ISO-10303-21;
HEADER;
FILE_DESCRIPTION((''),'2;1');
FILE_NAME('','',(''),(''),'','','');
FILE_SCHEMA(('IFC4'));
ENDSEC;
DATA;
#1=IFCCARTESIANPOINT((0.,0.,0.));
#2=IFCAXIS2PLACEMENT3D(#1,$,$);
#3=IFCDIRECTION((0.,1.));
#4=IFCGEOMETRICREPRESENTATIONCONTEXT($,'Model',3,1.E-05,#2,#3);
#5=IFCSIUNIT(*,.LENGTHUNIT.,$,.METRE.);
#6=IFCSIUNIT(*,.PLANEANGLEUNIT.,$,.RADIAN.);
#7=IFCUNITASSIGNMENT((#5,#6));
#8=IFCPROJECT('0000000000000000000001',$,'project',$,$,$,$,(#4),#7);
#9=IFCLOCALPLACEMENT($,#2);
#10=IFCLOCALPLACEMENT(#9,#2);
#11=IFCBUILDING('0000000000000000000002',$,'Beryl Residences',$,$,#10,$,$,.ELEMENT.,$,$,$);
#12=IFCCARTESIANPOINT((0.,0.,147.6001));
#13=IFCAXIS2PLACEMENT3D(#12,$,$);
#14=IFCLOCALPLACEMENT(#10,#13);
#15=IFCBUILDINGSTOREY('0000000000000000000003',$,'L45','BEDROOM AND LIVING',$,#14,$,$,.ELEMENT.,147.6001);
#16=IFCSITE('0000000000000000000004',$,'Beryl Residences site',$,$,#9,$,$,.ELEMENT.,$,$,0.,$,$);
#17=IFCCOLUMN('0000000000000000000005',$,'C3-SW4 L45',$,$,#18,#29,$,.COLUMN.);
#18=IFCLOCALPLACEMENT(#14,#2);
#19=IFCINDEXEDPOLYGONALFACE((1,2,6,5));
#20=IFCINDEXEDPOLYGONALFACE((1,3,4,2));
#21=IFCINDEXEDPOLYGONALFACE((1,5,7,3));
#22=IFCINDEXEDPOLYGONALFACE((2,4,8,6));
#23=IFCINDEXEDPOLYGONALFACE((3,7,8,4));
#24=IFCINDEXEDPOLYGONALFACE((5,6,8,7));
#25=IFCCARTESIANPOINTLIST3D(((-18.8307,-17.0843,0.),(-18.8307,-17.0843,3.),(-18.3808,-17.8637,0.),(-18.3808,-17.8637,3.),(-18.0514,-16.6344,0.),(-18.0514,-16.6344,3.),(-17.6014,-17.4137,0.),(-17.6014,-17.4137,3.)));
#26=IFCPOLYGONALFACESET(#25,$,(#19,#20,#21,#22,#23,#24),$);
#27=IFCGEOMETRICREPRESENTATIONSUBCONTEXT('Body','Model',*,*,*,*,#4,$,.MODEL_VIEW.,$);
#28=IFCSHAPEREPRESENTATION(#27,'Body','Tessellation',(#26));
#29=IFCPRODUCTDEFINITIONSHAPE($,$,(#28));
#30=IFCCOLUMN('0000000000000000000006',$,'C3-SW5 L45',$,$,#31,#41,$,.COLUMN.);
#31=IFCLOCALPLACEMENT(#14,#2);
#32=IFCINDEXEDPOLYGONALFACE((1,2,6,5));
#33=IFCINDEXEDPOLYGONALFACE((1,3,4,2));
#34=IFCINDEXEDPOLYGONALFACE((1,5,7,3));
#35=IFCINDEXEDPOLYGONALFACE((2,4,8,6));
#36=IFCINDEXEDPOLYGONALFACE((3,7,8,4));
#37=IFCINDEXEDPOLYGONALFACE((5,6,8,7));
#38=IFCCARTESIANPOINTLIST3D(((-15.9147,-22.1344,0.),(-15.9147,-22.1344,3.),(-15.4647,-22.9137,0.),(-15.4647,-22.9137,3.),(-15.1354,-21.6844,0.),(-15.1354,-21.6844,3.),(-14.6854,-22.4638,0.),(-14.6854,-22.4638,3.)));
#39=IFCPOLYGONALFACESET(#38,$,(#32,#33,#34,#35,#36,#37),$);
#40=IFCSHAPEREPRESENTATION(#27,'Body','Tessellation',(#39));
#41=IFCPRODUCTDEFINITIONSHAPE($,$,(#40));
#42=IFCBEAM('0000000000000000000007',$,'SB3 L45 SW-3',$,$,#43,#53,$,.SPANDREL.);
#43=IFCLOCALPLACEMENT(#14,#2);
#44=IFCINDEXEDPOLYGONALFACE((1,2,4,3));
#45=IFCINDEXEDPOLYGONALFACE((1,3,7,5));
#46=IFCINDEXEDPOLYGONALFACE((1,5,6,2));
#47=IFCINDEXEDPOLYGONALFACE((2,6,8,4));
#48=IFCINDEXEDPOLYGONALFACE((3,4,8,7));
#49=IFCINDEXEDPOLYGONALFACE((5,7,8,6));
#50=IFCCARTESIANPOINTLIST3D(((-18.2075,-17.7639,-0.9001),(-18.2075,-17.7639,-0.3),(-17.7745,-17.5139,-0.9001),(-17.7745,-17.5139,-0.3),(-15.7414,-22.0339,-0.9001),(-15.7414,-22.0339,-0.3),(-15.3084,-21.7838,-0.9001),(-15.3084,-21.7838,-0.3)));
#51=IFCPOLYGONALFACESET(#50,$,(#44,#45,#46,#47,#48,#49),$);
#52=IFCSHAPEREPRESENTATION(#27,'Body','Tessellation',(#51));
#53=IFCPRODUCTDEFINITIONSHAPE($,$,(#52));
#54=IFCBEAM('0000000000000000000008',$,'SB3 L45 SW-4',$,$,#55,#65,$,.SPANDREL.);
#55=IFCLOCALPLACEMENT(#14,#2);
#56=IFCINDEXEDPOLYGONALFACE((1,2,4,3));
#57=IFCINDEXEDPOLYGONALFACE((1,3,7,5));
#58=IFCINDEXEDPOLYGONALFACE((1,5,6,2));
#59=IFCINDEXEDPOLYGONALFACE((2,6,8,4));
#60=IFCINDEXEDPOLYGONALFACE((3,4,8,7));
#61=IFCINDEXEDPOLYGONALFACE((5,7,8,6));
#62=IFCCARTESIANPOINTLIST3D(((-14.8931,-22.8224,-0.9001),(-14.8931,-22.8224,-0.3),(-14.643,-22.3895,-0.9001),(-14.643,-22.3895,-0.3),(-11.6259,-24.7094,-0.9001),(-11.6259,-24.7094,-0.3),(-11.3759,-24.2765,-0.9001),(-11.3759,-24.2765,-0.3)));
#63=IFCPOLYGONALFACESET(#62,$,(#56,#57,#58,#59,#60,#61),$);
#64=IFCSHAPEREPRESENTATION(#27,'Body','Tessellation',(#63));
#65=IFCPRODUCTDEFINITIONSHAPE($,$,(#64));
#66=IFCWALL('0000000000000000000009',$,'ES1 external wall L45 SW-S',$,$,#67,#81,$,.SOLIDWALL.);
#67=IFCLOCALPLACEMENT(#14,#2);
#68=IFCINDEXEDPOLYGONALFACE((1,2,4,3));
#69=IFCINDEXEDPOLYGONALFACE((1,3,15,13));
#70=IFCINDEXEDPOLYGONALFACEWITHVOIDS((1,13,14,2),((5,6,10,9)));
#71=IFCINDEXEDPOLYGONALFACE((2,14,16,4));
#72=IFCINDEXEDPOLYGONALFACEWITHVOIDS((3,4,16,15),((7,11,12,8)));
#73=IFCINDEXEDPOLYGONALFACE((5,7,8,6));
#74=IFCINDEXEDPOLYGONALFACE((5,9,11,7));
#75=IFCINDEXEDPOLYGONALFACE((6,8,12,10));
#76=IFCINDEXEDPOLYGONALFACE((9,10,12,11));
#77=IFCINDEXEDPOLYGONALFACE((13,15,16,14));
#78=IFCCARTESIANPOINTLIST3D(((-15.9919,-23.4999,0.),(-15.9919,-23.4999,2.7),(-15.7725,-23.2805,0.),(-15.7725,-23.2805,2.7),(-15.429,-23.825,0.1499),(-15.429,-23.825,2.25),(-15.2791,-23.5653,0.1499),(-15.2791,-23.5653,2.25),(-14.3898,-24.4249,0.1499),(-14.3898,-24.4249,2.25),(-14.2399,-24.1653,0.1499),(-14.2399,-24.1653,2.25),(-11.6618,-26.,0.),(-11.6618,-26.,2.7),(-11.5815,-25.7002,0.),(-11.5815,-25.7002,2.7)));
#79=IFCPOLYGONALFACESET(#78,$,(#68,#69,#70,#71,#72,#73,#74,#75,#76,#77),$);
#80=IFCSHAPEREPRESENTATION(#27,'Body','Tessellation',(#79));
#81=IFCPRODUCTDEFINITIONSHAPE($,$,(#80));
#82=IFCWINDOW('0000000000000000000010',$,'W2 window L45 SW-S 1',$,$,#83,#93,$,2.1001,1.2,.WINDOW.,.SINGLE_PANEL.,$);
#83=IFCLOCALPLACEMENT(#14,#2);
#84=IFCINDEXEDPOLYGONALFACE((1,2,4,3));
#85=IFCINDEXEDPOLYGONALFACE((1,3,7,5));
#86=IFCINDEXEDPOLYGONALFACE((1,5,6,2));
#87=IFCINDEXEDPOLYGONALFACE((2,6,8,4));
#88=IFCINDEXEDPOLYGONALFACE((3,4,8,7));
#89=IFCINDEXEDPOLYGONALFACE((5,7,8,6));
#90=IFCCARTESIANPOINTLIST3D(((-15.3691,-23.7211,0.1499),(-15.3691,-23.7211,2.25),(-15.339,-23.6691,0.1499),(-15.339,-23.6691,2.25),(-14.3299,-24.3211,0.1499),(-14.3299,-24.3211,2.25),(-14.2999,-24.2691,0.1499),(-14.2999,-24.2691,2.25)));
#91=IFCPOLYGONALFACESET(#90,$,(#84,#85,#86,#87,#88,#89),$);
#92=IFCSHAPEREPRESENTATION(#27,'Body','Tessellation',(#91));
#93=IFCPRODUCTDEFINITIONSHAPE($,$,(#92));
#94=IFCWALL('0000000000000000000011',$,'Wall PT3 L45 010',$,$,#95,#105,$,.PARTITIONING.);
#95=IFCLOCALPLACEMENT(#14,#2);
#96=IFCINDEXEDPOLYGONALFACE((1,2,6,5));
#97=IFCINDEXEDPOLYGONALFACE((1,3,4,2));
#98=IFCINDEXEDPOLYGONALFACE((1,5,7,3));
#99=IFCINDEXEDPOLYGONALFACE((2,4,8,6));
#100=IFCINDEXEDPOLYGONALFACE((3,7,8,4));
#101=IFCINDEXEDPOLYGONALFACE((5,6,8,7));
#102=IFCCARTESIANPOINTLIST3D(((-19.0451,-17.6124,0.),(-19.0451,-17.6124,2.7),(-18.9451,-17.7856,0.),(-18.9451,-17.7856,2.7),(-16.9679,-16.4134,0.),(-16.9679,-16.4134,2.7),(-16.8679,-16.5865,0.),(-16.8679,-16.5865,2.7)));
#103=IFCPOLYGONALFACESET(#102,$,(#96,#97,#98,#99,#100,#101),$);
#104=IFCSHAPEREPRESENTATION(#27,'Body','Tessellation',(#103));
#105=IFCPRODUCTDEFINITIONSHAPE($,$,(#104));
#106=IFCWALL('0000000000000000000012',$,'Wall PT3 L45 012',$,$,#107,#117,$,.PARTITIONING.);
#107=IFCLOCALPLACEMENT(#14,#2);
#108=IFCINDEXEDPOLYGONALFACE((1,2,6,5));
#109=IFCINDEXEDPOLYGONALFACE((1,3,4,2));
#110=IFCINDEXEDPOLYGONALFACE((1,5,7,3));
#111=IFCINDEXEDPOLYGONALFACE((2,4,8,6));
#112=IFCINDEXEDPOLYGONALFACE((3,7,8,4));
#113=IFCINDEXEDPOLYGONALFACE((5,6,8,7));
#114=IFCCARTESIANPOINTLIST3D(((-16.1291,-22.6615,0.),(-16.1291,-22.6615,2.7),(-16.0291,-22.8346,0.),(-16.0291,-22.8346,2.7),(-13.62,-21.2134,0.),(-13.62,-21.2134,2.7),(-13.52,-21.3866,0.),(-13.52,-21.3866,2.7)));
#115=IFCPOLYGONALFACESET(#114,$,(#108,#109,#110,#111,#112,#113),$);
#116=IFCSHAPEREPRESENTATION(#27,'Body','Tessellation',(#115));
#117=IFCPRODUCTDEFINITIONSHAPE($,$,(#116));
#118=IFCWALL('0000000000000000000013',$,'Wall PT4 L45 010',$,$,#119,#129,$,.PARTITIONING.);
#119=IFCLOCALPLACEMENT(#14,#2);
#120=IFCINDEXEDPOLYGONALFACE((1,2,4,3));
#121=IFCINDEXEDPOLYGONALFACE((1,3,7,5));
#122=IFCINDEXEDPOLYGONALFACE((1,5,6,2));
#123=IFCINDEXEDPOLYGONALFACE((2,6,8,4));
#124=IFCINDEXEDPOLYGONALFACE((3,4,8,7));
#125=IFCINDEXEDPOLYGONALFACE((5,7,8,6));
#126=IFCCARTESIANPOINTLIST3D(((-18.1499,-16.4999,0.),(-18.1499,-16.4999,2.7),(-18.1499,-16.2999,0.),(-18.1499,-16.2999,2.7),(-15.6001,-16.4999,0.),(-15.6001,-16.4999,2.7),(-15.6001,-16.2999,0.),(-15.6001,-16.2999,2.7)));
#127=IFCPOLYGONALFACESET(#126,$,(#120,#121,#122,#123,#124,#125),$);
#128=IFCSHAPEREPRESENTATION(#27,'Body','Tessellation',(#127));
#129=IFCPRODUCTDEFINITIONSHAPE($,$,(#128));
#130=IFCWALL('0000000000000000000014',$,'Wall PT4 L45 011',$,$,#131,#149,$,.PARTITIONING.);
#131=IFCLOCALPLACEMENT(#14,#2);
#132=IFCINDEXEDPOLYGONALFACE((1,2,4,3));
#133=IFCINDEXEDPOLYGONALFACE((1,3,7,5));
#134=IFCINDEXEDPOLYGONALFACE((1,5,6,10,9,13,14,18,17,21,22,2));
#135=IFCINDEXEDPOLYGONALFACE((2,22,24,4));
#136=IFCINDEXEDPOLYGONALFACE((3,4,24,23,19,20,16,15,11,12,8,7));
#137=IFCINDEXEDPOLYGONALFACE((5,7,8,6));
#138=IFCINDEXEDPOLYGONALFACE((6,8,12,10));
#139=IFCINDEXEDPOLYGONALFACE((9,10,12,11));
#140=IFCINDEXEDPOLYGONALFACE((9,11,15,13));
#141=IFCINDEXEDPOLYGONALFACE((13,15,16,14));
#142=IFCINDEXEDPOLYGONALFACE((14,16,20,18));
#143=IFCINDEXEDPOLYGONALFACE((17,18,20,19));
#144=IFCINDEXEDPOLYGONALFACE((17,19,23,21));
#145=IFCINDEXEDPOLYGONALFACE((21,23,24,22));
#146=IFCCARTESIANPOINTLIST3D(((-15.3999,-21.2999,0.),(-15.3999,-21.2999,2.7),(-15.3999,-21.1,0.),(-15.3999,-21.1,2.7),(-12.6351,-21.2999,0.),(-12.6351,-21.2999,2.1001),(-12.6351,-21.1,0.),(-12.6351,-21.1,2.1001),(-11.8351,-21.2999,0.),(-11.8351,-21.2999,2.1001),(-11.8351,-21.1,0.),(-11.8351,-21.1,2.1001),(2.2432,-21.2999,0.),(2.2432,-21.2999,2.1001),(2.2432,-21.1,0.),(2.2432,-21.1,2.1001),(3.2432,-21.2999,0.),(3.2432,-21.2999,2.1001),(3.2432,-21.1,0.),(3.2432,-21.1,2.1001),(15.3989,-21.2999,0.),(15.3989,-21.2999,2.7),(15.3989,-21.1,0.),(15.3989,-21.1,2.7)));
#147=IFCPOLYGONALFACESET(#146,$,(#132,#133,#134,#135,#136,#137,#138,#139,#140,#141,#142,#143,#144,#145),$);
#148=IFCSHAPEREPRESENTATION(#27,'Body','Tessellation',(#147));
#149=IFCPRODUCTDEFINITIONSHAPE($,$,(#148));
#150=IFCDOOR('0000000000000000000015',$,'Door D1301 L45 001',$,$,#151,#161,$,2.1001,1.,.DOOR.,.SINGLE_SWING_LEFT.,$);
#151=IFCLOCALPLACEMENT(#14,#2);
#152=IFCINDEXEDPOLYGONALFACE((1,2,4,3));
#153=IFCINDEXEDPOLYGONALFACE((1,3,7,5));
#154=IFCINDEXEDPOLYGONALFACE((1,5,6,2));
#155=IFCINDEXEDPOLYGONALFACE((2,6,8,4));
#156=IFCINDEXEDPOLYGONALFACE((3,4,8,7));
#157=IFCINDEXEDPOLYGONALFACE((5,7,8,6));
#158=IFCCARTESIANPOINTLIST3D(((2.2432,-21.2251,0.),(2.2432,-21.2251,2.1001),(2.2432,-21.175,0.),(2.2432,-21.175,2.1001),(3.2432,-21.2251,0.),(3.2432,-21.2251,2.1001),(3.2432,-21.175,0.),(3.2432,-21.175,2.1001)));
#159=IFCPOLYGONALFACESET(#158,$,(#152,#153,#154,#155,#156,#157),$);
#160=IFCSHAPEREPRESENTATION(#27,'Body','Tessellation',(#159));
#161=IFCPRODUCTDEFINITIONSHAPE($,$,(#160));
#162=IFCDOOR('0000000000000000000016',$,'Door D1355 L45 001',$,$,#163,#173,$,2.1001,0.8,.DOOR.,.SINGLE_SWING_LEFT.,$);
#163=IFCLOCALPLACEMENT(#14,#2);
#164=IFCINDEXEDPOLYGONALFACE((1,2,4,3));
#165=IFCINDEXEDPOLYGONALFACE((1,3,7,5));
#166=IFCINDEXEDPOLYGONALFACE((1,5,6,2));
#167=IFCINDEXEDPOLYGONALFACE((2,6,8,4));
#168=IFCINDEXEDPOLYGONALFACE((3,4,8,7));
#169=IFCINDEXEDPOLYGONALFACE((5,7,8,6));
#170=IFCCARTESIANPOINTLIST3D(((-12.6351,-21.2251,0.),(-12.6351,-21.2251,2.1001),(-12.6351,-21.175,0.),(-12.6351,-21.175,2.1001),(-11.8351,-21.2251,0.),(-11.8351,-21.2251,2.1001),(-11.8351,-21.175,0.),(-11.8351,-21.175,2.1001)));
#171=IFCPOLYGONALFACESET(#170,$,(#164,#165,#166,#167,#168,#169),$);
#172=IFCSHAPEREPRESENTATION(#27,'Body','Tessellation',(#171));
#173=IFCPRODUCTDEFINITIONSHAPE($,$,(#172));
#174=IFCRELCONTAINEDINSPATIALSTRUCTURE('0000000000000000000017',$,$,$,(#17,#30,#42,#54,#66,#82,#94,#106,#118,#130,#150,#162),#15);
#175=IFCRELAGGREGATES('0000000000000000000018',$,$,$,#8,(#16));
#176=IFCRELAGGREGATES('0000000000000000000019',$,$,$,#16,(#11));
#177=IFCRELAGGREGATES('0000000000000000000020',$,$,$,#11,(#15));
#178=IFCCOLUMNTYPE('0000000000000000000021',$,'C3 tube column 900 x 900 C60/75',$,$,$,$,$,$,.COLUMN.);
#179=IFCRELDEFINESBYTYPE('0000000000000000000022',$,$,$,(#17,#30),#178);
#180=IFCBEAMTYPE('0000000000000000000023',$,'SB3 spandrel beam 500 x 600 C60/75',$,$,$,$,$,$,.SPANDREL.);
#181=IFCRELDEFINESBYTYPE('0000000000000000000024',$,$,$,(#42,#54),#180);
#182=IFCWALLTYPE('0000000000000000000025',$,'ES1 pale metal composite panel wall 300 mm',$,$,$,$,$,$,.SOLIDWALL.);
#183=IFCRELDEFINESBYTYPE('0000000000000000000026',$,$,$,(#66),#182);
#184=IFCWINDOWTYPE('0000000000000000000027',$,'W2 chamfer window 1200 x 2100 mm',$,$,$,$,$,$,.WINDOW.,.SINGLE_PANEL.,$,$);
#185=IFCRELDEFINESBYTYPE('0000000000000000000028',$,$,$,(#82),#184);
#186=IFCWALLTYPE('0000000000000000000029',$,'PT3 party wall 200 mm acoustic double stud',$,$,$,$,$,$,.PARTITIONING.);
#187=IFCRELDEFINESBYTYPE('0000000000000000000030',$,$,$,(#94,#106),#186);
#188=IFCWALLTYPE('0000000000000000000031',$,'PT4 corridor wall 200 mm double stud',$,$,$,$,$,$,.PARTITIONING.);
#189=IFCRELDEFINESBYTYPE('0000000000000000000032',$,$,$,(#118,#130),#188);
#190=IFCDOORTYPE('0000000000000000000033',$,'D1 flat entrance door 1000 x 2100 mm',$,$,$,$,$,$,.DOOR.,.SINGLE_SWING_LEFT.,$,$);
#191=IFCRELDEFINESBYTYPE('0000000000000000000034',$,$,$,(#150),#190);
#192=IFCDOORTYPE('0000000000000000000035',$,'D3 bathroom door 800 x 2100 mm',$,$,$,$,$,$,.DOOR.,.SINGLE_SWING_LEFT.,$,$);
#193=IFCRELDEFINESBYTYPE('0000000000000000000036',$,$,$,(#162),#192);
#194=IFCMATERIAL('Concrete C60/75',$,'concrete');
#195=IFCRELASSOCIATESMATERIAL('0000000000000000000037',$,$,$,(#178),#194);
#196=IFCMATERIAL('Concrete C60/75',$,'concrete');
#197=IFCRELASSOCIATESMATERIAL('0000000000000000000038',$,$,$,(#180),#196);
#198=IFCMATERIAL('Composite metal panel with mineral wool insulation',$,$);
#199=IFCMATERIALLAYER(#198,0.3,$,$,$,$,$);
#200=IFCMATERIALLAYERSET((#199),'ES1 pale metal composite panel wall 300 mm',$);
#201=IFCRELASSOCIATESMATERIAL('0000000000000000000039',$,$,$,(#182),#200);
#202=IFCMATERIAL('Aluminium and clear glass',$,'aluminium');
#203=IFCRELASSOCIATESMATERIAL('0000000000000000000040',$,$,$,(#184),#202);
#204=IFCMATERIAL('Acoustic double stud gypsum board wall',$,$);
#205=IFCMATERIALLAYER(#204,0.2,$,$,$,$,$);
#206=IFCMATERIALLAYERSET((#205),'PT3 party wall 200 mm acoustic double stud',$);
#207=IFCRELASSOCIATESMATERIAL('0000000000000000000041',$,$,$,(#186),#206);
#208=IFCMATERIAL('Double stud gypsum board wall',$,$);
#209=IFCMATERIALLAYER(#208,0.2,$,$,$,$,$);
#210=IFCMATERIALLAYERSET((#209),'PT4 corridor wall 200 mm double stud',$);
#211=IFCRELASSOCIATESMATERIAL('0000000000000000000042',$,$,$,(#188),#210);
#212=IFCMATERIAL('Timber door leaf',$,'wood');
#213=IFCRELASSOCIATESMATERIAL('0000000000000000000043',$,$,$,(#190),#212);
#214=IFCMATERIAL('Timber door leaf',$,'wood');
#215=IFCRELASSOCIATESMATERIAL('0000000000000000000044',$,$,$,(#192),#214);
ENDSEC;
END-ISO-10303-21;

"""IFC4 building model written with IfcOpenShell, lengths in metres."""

from ifc_helpers import new_model, si_unit, direction, frame, frame_2d, origin, origin_2d, place, context, subcontext, project, spatial, polyline, rectangle, outline, extrude, material, layer, layer_set, material_profile, profile_set, type_object, element, fill, save


model = new_model("IFC4")

# Units and contexts
model_context = context("Model", 3, precision=1e-05, world=origin(), true_north=direction((0.0, 1.0)))
body_context = subcontext(model_context, "Body", "Model", "MODEL_VIEW")
ifc_project = project(units=[si_unit("LENGTHUNIT", "METRE"), si_unit("PLANEANGLEUNIT", "RADIAN")], contexts=[model_context])

# Site, building, storey
site_placement = place(None, origin())
site = spatial("IfcSite", under=ifc_project, at=site_placement, Name="Beryl Residences site", CompositionType="ELEMENT", RefElevation=0.0)
building_placement = place(site_placement, origin())
building = spatial("IfcBuilding", under=site, at=building_placement, Name="Beryl Residences", CompositionType="ELEMENT")
storey_placement = place(building_placement, frame((0.0, 0.0, 147.6001)))
storey = spatial("IfcBuildingStorey", under=building, at=storey_placement, Name="L45", Description="BEDROOM AND LIVING", CompositionType="ELEMENT", Elevation=147.6001)

# Columns
ifc_material_1 = material(Name="Concrete C60/75", Category="concrete")
ifc_material_profile_1 = material_profile(ifc_material_1, rectangle(XDim=0.8999, YDim=0.8999, at=origin_2d()))
ifc_profile_set_1 = profile_set([ifc_material_profile_1], Name="Concrete C60/75")
column_type = type_object("IfcColumnType", Name="C3 tube column 900 x 900 C60/75", PredefinedType="COLUMN", material=ifc_profile_set_1)
for number, where, z_axis, x_axis, name in (
    (1, (-18.2161, -17.249, 0.0), (0.0, 0.0, 1.0), (0.5, -0.866025, 0.0), "C3-SW4 L45"),
    (2, (-15.3, -22.2991, 0.0), (0.0, 0.0, 1.0), (0.5, -0.866025, 0.0), "C3-SW5 L45"),
):
    element("IfcColumn", number, at=place(storey_placement, frame(where, z_axis=z_axis, x_axis=x_axis)), inside=storey, type_object=column_type, Name=name, PredefinedType="COLUMN", context=body_context, shape_type="SweptSolid", body=[
        extrude(rectangle(XDim=0.8999, YDim=0.8999, at=origin_2d()), origin(), (0.0, 0.0, 1.0), 3.0),
    ])

# Beams
ifc_material_2 = material(Name="Concrete C60/75", Category="concrete")
ifc_material_profile_2 = material_profile(ifc_material_2, rectangle(XDim=0.5, YDim=0.6001, at=origin_2d()))
ifc_profile_set_2 = profile_set([ifc_material_profile_2], Name="Concrete C60/75")
beam_type = type_object("IfcBeamType", Name="SB3 spandrel beam 500 x 600 C60/75", PredefinedType="SPANDREL", material=ifc_profile_set_2)
beam_1_placement = place(storey_placement, frame((-17.991, -17.6389, -0.6001), z_axis=(0.500117, -0.865958, 0.0), x_axis=(0.865958, 0.500117, 0.0)))
element("IfcBeam", 3, at=beam_1_placement, inside=storey, type_object=beam_type, Name="SB3 L45 SW-3", PredefinedType="SPANDREL", context=body_context, shape_type="SweptSolid", body=[
    extrude(rectangle(XDim=0.5, YDim=0.6001, at=origin_2d()), origin(), (0.0, 0.0, 1.0), 4.9309),
])
beam_2_placement = place(storey_placement, frame((-14.7681, -22.606, -0.6001), z_axis=(0.865944, -0.500141, 0.0), x_axis=(0.500141, 0.865944, 0.0)))
element("IfcBeam", 4, at=beam_2_placement, inside=storey, type_object=beam_type, Name="SB3 L45 SW-4", PredefinedType="SPANDREL", context=body_context, shape_type="SweptSolid", body=[
    extrude(rectangle(XDim=0.5, YDim=0.6001, at=origin_2d()), origin(), (0.0, 0.0, 1.0), 3.7729),
])

# Wall, opening, window
ifc_material_3 = material(Name="Composite metal panel with mineral wool insulation")
ifc_layer_1 = layer(ifc_material_3, 0.3)
ifc_layer_set_1 = layer_set([ifc_layer_1], Name="ES1 pale metal composite panel wall 300 mm")
wall_type_1 = type_object("IfcWallType", Name="ES1 pale metal composite panel wall 300 mm", PredefinedType="SOLIDWALL", material=ifc_layer_set_1)
wall_1_placement = place(storey_placement, frame((-15.917, -23.3701, 0.0), z_axis=(0.0, 0.0, 1.0), x_axis=(0.866023, -0.500004, 0.0)))
wall_1 = element("IfcWall", 5, at=wall_1_placement, inside=storey, type_object=wall_type_1, Name="ES1 external wall L45 SW-S", PredefinedType="SOLIDWALL", context=body_context, shape_type="SweptSolid", body=[
    extrude(outline(polyline([(0.0, -0.1499), (5.0, -0.1499), (4.9197, 0.1499), (0.0803, 0.1499), (0.0, -0.1499)])), origin(), (0.0, 0.0, 1.0), 2.7),
])
opening_1_placement = place(wall_1_placement, frame((0.6499, 0.0, 0.1499)))
opening_1 = element("IfcOpeningElement", 6, at=opening_1_placement, cuts=wall_1, PredefinedType="OPENING", context=body_context, shape_type="SweptSolid", body=[
    extrude(rectangle(XDim=1.2, YDim=2.1001, at=frame_2d((0.6001, 1.05))), frame((0.0, 0.1599, 0.0), z_axis=(0.0, -1.0, 0.0), x_axis=(1.0, 0.0, 0.0)), (0.0, 0.0, 1.0), 0.3201),
])
ifc_material_4 = material(Name="Aluminium and clear glass", Category="aluminium")
window_type = type_object("IfcWindowType", Name="W2 chamfer window 1200 x 2100 mm", PartitioningType="SINGLE_PANEL", PredefinedType="WINDOW", material=ifc_material_4)
window_placement = place(opening_1_placement, origin())
window = element("IfcWindow", 7, at=window_placement, inside=storey, type_object=window_type, Name="W2 window L45 SW-S 1", OverallHeight=2.1001, OverallWidth=1.2, PartitioningType="SINGLE_PANEL", PredefinedType="WINDOW", context=body_context, shape_type="SweptSolid", body=[
    extrude(rectangle(XDim=1.2, YDim=2.1001, at=frame_2d((0.6001, 1.05))), frame((0.0, 0.03, 0.0), z_axis=(0.0, -1.0, 0.0), x_axis=(1.0, 0.0, 0.0)), (0.0, 0.0, 1.0), 0.0601),
])
fill(opening_1, window)

# Walls
ifc_material_5 = material(Name="Acoustic double stud gypsum board wall")
ifc_layer_2 = layer(ifc_material_5, 0.2)
ifc_layer_set_2 = layer_set([ifc_layer_2], Name="PT3 party wall 200 mm acoustic double stud")
wall_type_2 = type_object("IfcWallType", Name="PT3 party wall 200 mm acoustic double stud", PredefinedType="PARTITIONING", material=ifc_layer_set_2)
wall_2_placement = place(storey_placement, frame((-18.9951, -17.699, 0.0), z_axis=(0.0, 0.0, 1.0), x_axis=(0.866074, 0.499916, 0.0)))
element("IfcWall", 8, at=wall_2_placement, inside=storey, type_object=wall_type_2, Name="Wall PT3 L45 010", PredefinedType="PARTITIONING", context=body_context, shape_type="SweptSolid", body=[
    extrude(rectangle(XDim=2.3984, YDim=0.2, at=frame_2d((1.1992, 0.0))), origin(), (0.0, 0.0, 1.0), 2.7),
])
wall_3_placement = place(storey_placement, frame((-16.0791, -22.748, 0.0), z_axis=(0.0, 0.0, 1.0), x_axis=(0.866114, 0.499846, 0.0)))
element("IfcWall", 9, at=wall_3_placement, inside=storey, type_object=wall_type_2, Name="Wall PT3 L45 012", PredefinedType="PARTITIONING", context=body_context, shape_type="SweptSolid", body=[
    extrude(rectangle(XDim=2.897, YDim=0.2, at=frame_2d((1.4485, 0.0))), origin(), (0.0, 0.0, 1.0), 2.7),
])
ifc_material_6 = material(Name="Double stud gypsum board wall")
ifc_layer_3 = layer(ifc_material_6, 0.2)
ifc_layer_set_3 = layer_set([ifc_layer_3], Name="PT4 corridor wall 200 mm double stud")
wall_type_3 = type_object("IfcWallType", Name="PT4 corridor wall 200 mm double stud", PredefinedType="PARTITIONING", material=ifc_layer_set_3)
wall_4_placement = place(storey_placement, frame((-18.1499, -16.3999, 0.0), z_axis=(0.0, 0.0, 1.0), x_axis=(1.0, 0.0, 0.0)))
element("IfcWall", 10, at=wall_4_placement, inside=storey, type_object=wall_type_3, Name="Wall PT4 L45 010", PredefinedType="PARTITIONING", context=body_context, shape_type="SweptSolid", body=[
    extrude(rectangle(XDim=2.5498, YDim=0.2, at=frame_2d((1.2749, 0.0))), origin(), (0.0, 0.0, 1.0), 2.7),
])

# Wall, openings, doors
wall_5_placement = place(storey_placement, frame((-15.3999, -21.2, 0.0), z_axis=(0.0, 0.0, 1.0), x_axis=(1.0, 0.0, 0.0)))
wall_5 = element("IfcWall", 11, at=wall_5_placement, inside=storey, type_object=wall_type_3, Name="Wall PT4 L45 011", PredefinedType="PARTITIONING", context=body_context, shape_type="SweptSolid", body=[
    extrude(rectangle(XDim=30.7988, YDim=0.2, at=frame_2d((15.3994, 0.0))), origin(), (0.0, 0.0, 1.0), 2.7),
])
opening_2_placement = place(wall_5_placement, frame((17.6431, 0.0, 0.0)))
opening_2 = element("IfcOpeningElement", 12, at=opening_2_placement, cuts=wall_5, PredefinedType="OPENING", context=body_context, shape_type="SweptSolid", body=[
    extrude(rectangle(XDim=1.0, YDim=2.1001, at=frame_2d((0.5, 1.05))), frame((0.0, 0.1099, 0.0), z_axis=(0.0, -1.0, 0.0), x_axis=(1.0, 0.0, 0.0)), (0.0, 0.0, 1.0), 0.22),
])
opening_3_placement = place(wall_5_placement, frame((2.7649, 0.0, 0.0)))
opening_3 = element("IfcOpeningElement", 13, at=opening_3_placement, cuts=wall_5, PredefinedType="OPENING", context=body_context, shape_type="SweptSolid", body=[
    extrude(rectangle(XDim=0.8, YDim=2.1001, at=frame_2d((0.3999, 1.05))), frame((0.0, 0.1099, 0.0), z_axis=(0.0, -1.0, 0.0), x_axis=(1.0, 0.0, 0.0)), (0.0, 0.0, 1.0), 0.22),
])
ifc_material_7 = material(Name="Timber door leaf", Category="wood")
door_type_1 = type_object("IfcDoorType", Name="D1 flat entrance door 1000 x 2100 mm", OperationType="SINGLE_SWING_LEFT", PredefinedType="DOOR", material=ifc_material_7)
door_1_placement = place(opening_2_placement, origin())
door_1 = element("IfcDoor", 14, at=door_1_placement, inside=storey, type_object=door_type_1, Name="Door D1301 L45 001", OperationType="SINGLE_SWING_LEFT", OverallHeight=2.1001, OverallWidth=1.0, PredefinedType="DOOR", context=body_context, shape_type="SweptSolid", body=[
    extrude(rectangle(XDim=1.0, YDim=2.1001, at=frame_2d((0.5, 1.05))), frame((0.0, 0.0249, 0.0), z_axis=(0.0, -1.0, 0.0), x_axis=(1.0, 0.0, 0.0)), (0.0, 0.0, 1.0), 0.05),
])
fill(opening_2, door_1)
ifc_material_8 = material(Name="Timber door leaf", Category="wood")
door_type_2 = type_object("IfcDoorType", Name="D3 bathroom door 800 x 2100 mm", OperationType="SINGLE_SWING_LEFT", PredefinedType="DOOR", material=ifc_material_8)
door_2_placement = place(opening_3_placement, origin())
door_2 = element("IfcDoor", 15, at=door_2_placement, inside=storey, type_object=door_type_2, Name="Door D1355 L45 001", OperationType="SINGLE_SWING_LEFT", OverallHeight=2.1001, OverallWidth=0.8, PredefinedType="DOOR", context=body_context, shape_type="SweptSolid", body=[
    extrude(rectangle(XDim=0.8, YDim=2.1001, at=frame_2d((0.3999, 1.05))), frame((0.0, 0.0249, 0.0), z_axis=(0.0, -1.0, 0.0), x_axis=(1.0, 0.0, 0.0)), (0.0, 0.0, 1.0), 0.05),
])
fill(opening_3, door_2)

save(model, "model.ifc")
